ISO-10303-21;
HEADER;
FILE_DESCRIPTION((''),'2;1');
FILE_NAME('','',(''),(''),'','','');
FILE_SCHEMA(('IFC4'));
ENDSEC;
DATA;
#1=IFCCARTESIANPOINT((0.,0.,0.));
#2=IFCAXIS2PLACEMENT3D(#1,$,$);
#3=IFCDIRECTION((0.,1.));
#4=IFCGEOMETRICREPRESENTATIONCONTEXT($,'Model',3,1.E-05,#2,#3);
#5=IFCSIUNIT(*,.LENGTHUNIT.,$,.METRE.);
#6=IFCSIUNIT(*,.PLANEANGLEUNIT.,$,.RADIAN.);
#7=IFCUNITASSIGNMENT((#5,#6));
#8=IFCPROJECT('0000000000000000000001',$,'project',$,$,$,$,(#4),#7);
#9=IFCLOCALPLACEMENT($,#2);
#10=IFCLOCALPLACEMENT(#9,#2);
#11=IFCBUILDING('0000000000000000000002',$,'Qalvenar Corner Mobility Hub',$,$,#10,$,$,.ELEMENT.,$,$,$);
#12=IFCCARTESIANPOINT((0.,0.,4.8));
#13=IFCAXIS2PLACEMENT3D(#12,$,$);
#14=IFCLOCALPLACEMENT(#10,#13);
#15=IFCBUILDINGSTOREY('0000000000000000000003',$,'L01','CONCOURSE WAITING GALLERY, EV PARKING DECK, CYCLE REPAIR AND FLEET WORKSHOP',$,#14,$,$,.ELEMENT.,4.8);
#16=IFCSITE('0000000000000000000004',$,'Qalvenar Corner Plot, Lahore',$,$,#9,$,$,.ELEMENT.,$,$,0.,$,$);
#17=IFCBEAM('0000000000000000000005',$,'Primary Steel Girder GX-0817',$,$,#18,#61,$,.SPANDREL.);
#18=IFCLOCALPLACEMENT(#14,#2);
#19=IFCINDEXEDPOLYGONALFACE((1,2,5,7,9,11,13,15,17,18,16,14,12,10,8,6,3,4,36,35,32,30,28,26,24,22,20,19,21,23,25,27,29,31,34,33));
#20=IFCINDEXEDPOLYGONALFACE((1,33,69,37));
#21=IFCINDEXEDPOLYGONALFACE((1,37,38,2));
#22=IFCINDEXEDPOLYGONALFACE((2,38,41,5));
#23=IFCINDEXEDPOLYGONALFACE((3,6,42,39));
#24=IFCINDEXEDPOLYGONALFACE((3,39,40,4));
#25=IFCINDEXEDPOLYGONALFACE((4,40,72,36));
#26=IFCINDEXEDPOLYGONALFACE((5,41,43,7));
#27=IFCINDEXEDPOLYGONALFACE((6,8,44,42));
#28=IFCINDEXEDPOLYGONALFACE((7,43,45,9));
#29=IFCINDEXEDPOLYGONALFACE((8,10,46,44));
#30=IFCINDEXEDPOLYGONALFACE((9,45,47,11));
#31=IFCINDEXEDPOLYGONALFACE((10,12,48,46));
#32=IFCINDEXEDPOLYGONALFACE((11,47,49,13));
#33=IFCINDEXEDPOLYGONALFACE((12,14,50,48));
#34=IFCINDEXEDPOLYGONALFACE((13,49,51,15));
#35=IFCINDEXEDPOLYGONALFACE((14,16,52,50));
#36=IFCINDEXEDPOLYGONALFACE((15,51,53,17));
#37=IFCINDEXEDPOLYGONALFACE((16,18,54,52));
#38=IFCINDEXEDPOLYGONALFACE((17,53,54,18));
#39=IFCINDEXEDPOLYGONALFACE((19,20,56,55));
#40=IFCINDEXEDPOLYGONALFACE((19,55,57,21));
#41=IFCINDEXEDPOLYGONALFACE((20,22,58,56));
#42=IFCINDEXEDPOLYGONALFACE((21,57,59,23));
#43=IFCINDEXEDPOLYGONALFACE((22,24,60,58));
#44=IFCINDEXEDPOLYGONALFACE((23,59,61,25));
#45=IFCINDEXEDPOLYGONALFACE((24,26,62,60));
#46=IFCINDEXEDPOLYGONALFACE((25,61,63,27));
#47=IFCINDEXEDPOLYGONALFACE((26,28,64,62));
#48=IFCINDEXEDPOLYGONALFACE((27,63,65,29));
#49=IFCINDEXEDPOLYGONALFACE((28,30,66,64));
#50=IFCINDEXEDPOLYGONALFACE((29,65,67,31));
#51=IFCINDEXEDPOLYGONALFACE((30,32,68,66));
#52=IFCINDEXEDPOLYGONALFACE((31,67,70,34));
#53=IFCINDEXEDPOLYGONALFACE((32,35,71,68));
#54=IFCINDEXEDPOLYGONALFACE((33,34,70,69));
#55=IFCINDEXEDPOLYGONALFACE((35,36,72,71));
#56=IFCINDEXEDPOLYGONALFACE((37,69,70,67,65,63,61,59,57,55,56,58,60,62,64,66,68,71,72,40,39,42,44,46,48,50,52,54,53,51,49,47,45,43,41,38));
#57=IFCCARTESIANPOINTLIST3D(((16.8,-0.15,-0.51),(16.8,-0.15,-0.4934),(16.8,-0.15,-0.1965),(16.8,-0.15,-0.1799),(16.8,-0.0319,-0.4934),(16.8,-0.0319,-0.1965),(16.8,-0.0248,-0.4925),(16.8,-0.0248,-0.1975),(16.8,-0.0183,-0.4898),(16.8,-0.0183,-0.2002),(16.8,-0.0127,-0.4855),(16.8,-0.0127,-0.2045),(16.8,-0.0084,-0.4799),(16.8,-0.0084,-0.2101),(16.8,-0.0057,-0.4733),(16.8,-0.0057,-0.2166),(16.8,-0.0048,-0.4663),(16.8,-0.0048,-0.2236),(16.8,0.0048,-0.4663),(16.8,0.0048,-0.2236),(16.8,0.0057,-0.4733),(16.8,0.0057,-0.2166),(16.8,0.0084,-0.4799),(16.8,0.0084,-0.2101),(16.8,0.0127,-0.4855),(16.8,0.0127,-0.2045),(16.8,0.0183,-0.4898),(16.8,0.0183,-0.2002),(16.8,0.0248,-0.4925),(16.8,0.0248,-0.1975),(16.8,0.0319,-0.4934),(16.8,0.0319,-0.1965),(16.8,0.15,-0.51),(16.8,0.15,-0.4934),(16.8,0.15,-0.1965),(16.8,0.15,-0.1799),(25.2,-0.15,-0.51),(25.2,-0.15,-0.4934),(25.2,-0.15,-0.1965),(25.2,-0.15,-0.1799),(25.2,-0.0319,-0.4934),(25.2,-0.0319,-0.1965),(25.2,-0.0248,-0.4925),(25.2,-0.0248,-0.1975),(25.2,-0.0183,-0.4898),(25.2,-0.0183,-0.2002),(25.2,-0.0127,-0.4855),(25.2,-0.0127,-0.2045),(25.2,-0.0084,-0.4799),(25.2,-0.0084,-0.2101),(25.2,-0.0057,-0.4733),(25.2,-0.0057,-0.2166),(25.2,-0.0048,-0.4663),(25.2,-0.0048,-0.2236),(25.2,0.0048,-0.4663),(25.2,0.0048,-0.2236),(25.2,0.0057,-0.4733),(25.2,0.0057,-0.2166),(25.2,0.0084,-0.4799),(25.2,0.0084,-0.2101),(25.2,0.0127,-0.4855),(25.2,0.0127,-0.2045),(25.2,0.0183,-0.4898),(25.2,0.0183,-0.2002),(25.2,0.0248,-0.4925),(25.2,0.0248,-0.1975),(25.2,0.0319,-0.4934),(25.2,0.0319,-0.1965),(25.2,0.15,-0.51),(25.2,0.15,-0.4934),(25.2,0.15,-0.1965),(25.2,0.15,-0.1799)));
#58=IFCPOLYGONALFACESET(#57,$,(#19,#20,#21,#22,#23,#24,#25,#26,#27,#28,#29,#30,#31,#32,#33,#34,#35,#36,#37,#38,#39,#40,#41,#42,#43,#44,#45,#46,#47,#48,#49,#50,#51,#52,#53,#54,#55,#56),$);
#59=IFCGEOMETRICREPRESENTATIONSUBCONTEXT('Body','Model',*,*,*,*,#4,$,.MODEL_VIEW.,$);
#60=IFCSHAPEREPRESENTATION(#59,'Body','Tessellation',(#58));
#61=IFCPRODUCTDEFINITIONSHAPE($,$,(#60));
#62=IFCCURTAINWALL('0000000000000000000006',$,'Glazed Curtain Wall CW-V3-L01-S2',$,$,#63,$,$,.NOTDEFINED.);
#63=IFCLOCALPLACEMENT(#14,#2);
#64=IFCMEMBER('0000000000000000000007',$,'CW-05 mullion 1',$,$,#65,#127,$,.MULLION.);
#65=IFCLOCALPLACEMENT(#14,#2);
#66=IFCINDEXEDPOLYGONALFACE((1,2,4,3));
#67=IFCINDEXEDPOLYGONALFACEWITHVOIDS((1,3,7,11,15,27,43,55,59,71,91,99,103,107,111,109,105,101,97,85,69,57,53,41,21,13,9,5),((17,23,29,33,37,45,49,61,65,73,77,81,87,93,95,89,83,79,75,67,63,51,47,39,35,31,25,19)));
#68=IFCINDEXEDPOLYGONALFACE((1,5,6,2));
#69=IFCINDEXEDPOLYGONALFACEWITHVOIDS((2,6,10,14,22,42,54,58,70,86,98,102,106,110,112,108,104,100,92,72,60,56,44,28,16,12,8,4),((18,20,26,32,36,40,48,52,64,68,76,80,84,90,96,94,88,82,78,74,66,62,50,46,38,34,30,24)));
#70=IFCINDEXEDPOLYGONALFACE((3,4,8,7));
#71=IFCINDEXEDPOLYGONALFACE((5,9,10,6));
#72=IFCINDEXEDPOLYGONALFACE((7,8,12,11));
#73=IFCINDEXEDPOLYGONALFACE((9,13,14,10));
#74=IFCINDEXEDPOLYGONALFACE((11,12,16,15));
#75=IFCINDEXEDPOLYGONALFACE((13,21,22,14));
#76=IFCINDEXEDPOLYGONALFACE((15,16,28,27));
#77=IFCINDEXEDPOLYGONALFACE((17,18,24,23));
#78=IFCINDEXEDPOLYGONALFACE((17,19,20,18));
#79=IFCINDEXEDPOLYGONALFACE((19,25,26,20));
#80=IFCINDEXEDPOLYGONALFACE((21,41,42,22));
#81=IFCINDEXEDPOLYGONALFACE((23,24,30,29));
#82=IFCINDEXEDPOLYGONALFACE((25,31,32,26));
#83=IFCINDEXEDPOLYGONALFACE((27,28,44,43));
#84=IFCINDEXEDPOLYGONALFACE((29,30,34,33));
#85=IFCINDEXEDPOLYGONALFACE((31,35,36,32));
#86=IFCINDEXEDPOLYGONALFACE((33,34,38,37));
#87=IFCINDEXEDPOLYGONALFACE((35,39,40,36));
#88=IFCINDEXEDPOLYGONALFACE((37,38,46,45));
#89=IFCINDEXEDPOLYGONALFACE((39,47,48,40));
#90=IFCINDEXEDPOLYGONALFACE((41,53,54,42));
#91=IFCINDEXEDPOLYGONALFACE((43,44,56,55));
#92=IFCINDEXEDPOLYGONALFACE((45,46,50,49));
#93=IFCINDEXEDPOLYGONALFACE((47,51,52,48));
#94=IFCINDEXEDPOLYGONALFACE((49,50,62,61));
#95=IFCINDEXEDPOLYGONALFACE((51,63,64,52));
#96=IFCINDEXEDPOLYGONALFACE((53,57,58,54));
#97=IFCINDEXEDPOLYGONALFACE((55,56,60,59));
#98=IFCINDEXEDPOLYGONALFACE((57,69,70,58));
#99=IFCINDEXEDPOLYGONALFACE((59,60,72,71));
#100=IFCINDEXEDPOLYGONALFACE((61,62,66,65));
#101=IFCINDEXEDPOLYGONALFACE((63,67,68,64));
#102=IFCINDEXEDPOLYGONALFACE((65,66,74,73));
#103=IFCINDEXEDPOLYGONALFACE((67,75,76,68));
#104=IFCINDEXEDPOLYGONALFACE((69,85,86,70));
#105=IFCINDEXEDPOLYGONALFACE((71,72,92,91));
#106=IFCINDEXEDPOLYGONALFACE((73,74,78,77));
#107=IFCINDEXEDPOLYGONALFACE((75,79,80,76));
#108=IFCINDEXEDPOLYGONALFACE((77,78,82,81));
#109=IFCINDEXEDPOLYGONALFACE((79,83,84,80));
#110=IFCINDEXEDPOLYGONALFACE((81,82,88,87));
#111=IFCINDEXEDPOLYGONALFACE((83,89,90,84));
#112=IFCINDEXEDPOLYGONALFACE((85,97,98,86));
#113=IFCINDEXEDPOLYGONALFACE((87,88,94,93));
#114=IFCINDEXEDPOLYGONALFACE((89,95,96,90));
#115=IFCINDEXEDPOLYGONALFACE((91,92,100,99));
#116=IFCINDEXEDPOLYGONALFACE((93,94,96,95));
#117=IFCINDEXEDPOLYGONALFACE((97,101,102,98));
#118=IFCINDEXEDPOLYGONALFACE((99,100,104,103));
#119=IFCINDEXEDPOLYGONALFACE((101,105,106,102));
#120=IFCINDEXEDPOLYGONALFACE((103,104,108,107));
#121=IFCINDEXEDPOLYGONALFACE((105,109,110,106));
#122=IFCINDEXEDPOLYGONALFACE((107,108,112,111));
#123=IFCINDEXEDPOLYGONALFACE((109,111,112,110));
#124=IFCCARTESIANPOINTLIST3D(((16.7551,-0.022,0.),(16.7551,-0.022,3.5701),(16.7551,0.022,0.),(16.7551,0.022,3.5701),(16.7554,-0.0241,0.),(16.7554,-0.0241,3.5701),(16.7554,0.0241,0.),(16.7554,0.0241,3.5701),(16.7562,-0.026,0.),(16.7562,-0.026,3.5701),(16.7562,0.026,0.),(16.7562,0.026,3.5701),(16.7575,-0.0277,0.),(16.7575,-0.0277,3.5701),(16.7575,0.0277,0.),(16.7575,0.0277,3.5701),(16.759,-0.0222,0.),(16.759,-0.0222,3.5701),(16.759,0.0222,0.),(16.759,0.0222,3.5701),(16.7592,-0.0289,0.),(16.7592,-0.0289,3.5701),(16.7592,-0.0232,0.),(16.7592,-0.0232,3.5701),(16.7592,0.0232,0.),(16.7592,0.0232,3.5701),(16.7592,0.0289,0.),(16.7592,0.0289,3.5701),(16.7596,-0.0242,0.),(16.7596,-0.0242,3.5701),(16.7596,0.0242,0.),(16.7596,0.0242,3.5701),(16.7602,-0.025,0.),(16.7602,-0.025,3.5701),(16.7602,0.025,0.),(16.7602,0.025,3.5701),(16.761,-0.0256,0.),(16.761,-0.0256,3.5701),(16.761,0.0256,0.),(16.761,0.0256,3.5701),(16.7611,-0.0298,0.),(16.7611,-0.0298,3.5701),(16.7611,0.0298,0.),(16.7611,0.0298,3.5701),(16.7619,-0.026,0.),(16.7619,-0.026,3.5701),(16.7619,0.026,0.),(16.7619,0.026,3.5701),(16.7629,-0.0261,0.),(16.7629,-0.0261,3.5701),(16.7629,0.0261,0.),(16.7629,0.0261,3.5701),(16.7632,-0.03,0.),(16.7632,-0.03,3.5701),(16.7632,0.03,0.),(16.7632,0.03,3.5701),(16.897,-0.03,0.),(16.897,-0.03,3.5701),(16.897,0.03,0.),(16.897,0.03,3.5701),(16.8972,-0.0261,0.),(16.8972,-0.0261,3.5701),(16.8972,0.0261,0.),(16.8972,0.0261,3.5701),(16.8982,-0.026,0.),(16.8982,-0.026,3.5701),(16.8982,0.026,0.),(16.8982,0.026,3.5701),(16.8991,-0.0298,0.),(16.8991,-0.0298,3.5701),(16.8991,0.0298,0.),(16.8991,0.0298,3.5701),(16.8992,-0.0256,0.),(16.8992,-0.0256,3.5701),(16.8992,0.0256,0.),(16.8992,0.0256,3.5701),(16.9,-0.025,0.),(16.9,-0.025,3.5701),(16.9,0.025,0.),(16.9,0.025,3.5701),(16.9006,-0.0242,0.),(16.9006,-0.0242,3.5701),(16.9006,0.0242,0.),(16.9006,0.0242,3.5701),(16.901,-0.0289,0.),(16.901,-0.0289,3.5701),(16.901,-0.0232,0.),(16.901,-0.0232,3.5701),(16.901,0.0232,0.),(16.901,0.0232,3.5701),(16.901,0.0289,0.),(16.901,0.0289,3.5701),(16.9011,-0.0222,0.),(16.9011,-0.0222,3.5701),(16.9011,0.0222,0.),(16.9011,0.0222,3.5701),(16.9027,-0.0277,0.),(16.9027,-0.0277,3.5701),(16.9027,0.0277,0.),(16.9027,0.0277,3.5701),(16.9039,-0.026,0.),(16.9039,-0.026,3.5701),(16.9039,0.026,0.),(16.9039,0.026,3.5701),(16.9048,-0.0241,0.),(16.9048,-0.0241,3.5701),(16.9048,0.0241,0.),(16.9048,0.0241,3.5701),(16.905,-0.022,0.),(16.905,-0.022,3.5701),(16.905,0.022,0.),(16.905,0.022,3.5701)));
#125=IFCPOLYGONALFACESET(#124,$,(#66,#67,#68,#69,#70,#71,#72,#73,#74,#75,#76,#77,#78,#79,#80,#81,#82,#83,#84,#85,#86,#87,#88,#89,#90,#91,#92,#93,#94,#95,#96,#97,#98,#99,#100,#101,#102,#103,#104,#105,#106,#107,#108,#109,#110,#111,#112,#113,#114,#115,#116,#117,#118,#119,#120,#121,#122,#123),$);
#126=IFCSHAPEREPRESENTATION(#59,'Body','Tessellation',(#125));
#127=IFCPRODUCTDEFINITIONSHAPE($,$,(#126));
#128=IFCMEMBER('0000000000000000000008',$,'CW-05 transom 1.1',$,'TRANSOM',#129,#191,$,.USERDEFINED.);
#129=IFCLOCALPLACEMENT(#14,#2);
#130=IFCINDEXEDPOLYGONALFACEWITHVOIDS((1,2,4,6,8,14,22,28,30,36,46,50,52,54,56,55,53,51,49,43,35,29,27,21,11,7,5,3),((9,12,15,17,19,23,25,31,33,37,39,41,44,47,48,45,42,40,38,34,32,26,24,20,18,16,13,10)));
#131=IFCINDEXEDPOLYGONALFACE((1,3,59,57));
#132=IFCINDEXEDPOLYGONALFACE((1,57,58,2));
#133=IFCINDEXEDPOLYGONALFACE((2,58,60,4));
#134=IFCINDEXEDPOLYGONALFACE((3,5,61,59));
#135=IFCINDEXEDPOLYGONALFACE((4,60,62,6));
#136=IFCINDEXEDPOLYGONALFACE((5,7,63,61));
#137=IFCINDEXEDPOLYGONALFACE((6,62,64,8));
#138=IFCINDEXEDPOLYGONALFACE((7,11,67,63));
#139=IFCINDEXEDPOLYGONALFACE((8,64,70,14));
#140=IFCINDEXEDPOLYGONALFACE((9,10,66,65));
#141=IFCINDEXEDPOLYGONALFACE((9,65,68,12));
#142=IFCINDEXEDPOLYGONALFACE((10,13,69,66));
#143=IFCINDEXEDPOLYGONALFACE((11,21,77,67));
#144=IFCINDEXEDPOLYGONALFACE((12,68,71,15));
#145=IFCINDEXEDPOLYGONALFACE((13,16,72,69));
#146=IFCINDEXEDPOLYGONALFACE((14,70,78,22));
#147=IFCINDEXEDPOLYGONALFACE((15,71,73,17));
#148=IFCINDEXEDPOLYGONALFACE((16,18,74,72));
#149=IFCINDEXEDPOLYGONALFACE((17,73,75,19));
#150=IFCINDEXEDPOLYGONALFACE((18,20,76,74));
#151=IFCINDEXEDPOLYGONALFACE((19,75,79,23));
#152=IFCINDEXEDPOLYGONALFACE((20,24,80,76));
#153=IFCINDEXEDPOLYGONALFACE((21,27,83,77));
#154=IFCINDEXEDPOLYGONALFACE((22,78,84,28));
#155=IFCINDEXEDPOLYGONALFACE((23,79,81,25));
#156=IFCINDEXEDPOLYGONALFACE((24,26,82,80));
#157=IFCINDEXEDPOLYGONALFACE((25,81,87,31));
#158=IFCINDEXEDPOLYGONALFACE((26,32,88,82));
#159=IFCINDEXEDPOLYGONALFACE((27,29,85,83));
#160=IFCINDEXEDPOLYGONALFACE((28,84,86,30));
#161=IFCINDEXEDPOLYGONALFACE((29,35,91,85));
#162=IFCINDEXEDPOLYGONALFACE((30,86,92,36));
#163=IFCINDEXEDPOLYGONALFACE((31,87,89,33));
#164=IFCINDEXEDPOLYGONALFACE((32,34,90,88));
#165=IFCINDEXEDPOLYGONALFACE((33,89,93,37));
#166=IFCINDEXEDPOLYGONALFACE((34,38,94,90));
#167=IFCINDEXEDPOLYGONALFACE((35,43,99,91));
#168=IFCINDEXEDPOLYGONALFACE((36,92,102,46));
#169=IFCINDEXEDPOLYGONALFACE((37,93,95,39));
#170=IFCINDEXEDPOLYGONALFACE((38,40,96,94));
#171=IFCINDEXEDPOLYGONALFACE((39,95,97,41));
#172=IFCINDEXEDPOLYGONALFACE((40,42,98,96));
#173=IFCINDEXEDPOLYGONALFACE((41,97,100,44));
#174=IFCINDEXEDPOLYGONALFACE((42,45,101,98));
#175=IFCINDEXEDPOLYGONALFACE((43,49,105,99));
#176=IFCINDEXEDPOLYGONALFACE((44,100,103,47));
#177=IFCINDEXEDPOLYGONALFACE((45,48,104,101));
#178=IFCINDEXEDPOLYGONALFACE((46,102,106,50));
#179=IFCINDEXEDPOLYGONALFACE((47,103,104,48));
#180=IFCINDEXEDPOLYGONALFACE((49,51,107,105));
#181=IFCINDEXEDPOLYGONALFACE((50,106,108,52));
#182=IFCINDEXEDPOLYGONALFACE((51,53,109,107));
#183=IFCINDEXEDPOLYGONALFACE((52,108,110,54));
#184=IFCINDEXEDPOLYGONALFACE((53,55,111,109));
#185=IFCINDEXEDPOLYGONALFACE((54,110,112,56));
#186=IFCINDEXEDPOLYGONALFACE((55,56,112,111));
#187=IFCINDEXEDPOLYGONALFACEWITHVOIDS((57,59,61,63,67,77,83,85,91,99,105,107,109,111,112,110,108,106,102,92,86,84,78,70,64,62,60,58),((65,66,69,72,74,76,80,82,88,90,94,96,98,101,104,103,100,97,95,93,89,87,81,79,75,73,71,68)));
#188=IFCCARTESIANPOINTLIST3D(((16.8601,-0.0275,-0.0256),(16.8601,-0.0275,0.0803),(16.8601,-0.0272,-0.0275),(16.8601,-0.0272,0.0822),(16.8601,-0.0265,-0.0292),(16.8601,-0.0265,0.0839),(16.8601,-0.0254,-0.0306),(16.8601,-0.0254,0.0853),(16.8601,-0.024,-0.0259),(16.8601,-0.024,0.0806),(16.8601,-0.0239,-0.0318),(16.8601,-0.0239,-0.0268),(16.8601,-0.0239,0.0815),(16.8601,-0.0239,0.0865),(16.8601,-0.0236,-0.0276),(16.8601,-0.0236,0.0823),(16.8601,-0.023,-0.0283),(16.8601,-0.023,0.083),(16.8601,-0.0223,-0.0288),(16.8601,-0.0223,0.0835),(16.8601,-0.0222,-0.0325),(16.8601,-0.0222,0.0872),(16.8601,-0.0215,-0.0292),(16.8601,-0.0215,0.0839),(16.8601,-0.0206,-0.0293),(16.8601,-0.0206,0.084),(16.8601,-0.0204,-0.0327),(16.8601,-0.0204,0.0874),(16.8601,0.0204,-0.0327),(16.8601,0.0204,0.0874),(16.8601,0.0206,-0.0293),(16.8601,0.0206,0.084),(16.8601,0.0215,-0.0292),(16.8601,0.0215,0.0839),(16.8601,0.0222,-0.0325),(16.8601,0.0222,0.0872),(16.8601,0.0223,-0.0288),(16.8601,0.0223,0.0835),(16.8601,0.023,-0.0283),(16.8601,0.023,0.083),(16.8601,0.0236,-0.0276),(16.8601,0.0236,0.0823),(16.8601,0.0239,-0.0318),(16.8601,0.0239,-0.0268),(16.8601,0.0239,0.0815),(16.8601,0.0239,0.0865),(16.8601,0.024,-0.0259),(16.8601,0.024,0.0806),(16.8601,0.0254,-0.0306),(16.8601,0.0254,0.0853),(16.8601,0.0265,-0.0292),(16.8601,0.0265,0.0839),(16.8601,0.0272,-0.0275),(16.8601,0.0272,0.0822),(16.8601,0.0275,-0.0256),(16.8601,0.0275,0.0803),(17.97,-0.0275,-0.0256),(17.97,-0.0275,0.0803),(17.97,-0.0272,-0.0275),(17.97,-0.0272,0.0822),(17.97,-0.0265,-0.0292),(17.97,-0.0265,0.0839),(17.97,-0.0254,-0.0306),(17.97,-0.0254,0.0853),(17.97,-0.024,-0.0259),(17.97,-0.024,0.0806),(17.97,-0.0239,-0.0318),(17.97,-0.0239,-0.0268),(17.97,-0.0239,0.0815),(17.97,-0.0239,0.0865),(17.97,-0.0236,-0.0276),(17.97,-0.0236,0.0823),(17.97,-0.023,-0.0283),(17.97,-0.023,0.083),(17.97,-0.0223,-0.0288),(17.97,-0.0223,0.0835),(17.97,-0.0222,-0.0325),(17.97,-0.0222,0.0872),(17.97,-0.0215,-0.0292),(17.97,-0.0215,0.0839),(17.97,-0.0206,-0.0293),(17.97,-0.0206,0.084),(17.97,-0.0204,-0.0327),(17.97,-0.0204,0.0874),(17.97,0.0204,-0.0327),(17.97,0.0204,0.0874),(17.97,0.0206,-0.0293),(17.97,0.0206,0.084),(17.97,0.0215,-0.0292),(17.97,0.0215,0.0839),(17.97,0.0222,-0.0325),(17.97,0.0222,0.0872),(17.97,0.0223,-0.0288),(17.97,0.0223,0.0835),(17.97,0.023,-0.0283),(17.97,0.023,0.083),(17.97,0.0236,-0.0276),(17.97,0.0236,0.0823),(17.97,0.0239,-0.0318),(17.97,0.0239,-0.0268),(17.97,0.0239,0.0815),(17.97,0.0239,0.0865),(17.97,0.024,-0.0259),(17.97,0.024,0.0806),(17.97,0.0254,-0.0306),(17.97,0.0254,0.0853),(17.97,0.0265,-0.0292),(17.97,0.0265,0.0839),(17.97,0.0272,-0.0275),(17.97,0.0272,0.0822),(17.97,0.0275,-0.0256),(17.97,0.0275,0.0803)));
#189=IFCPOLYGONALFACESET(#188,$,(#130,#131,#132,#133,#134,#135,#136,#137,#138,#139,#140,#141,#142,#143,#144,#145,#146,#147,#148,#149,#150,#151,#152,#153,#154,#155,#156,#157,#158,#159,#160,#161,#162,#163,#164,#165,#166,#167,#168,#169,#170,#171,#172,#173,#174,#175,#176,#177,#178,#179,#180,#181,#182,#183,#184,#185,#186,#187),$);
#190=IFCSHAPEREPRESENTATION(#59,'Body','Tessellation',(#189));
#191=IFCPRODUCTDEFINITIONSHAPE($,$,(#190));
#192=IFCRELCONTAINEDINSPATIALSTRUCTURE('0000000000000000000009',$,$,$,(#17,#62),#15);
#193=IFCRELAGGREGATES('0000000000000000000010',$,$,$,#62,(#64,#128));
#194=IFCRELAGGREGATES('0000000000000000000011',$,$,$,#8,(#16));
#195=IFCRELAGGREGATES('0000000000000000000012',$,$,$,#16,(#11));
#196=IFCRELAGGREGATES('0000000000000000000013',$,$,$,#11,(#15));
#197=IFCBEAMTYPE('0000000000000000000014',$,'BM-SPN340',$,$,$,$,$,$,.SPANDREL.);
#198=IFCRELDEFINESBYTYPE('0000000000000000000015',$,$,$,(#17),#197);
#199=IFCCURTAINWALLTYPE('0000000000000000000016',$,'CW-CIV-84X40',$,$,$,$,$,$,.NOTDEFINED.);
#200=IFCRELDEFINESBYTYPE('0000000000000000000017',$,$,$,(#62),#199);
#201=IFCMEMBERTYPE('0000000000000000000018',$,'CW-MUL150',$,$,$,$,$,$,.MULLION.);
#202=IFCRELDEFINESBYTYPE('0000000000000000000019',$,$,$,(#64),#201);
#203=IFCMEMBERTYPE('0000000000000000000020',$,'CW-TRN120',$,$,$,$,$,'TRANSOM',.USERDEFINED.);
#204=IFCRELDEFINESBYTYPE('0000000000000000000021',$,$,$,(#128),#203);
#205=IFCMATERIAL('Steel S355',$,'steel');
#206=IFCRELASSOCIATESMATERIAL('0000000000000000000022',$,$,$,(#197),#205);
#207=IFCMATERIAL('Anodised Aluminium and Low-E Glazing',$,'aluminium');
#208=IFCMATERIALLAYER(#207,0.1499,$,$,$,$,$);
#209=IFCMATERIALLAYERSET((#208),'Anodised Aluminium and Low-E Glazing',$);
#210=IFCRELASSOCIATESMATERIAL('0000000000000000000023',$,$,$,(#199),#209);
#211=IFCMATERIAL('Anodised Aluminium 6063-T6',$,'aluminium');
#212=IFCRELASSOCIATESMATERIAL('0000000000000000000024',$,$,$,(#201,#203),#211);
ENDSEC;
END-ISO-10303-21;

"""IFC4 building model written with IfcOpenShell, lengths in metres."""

from ifc_helpers import new_model, si_unit, direction, frame, origin, origin_2d, place, context, subcontext, project, spatial, hollow_rectangle, i_section, extrude, material, layer, layer_set, material_profile, profile_set, type_object, element, aggregate, save


model = new_model("IFC4")

# Units and contexts
model_context = context("Model", 3, precision=1e-05, world=origin(), true_north=direction((0.0, 1.0)))
body_context = subcontext(model_context, "Body", "Model", "MODEL_VIEW")
ifc_project = project(units=[si_unit("LENGTHUNIT", "METRE"), si_unit("PLANEANGLEUNIT", "RADIAN")], contexts=[model_context])

# Site, building, storey
site_placement = place(None, origin())
site = spatial("IfcSite", under=ifc_project, at=site_placement, Name="Qalvenar Corner Plot, Lahore", CompositionType="ELEMENT", RefElevation=0.0)
building_placement = place(site_placement, origin())
building = spatial("IfcBuilding", under=site, at=building_placement, Name="Qalvenar Corner Mobility Hub", CompositionType="ELEMENT")
storey_placement = place(building_placement, frame((0.0, 0.0, 4.8)))
storey = spatial("IfcBuildingStorey", under=building, at=storey_placement, Name="L01", Description="CONCOURSE WAITING GALLERY, EV PARKING DECK, CYCLE REPAIR AND FLEET WORKSHOP", CompositionType="ELEMENT", Elevation=4.8)

# Shared definitions
ifc_material_1 = material(Name="Steel S355", Category="steel")

# Beam
ifc_material_profile_1 = material_profile(ifc_material_1, i_section(OverallWidth=0.3, OverallDepth=0.3301, WebThickness=0.0095, FlangeThickness=0.0166, FilletRadius=0.0271, at=origin_2d()), Name="HEA340")
ifc_profile_set_1 = profile_set([ifc_material_profile_1], Name="Steel S355")
beam_type_1 = type_object("IfcBeamType", Name="BM-SPN340", PredefinedType="SPANDREL", material=ifc_profile_set_1)
beam_1_placement = place(storey_placement, frame((16.8, 0.0, -0.345), z_axis=(1.0, 0.0, 0.0), x_axis=(0.0, 1.0, 0.0)))
element("IfcBeam", 1, at=beam_1_placement, inside=storey, type_object=beam_type_1, Name="Primary Steel Girder GX-0817", PredefinedType="SPANDREL", context=body_context, shape_type="SweptSolid", body=[
    extrude(i_section(OverallWidth=0.3, OverallDepth=0.3301, WebThickness=0.0095, FlangeThickness=0.0166, FilletRadius=0.0271, at=origin_2d()), origin(), (0.0, 0.0, 1.0), 8.3999),
])

# Curtain wall, members
ifc_material_2 = material(Name="Anodised Aluminium and Low-E Glazing", Category="aluminium")
ifc_layer_1 = layer(ifc_material_2, 0.1499)
ifc_layer_set_1 = layer_set([ifc_layer_1], Name="Anodised Aluminium and Low-E Glazing")
curtain_wall_type = type_object("IfcCurtainWallType", Name="CW-CIV-84X40", PredefinedType="NOTDEFINED", material=ifc_layer_set_1)
curtain_wall_placement = place(storey_placement, origin())
curtain_wall = element("IfcCurtainWall", 2, at=curtain_wall_placement, inside=storey, type_object=curtain_wall_type, Name="Glazed Curtain Wall CW-V3-L01-S2", PredefinedType="NOTDEFINED")
ifc_material_3 = material(Name="Anodised Aluminium 6063-T6", Category="aluminium")
ifc_material_profile_2 = material_profile(ifc_material_3, hollow_rectangle(XDim=0.0601, YDim=0.1499, WallThickness=0.0039, InnerFilletRadius=0.0039, OuterFilletRadius=0.0081, at=origin_2d()), Name="RHS150x60x4")
ifc_profile_set_2 = profile_set([ifc_material_profile_2], Name="Anodised Aluminium 6063-T6")
member_type_1 = type_object("IfcMemberType", Name="CW-MUL150", PredefinedType="MULLION", material=ifc_profile_set_2)
member_1_placement = place(storey_placement, frame((16.8301, 0.0, 0.0), z_axis=(0.0, 0.0, 1.0), x_axis=(0.0, 1.0, 0.0)))
member_1 = element("IfcMember", 3, at=member_1_placement, type_object=member_type_1, Name="CW-05 mullion 1", PredefinedType="MULLION", context=body_context, shape_type="SweptSolid", body=[
    extrude(hollow_rectangle(XDim=0.0601, YDim=0.1499, WallThickness=0.0039, InnerFilletRadius=0.0039, OuterFilletRadius=0.0081, at=origin_2d()), origin(), (0.0, 0.0, 1.0), 3.5701),
])
ifc_material_profile_3 = material_profile(ifc_material_3, hollow_rectangle(XDim=0.0549, YDim=0.1201, WallThickness=0.0034, InnerFilletRadius=0.0034, OuterFilletRadius=0.0071, at=origin_2d()), Name="RHS120x55x3.5")
ifc_profile_set_3 = profile_set([ifc_material_profile_3], Name="Anodised Aluminium 6063-T6")
member_type_2 = type_object("IfcMemberType", Name="CW-TRN120", ElementType="TRANSOM", PredefinedType="USERDEFINED", material=ifc_profile_set_3)
member_2_placement = place(storey_placement, frame((16.8601, 0.0, 0.0273), z_axis=(1.0, 0.0, 0.0), x_axis=(0.0, 1.0, 0.0)))
member_2 = element("IfcMember", 4, at=member_2_placement, type_object=member_type_2, Name="CW-05 transom 1.1", ObjectType="TRANSOM", PredefinedType="USERDEFINED", context=body_context, shape_type="SweptSolid", body=[
    extrude(hollow_rectangle(XDim=0.0549, YDim=0.1201, WallThickness=0.0034, InnerFilletRadius=0.0034, OuterFilletRadius=0.0071, at=origin_2d()), origin(), (0.0, 0.0, 1.0), 1.1099),
])
aggregate(curtain_wall, [member_1, member_2])

save(model, "model.ifc")
